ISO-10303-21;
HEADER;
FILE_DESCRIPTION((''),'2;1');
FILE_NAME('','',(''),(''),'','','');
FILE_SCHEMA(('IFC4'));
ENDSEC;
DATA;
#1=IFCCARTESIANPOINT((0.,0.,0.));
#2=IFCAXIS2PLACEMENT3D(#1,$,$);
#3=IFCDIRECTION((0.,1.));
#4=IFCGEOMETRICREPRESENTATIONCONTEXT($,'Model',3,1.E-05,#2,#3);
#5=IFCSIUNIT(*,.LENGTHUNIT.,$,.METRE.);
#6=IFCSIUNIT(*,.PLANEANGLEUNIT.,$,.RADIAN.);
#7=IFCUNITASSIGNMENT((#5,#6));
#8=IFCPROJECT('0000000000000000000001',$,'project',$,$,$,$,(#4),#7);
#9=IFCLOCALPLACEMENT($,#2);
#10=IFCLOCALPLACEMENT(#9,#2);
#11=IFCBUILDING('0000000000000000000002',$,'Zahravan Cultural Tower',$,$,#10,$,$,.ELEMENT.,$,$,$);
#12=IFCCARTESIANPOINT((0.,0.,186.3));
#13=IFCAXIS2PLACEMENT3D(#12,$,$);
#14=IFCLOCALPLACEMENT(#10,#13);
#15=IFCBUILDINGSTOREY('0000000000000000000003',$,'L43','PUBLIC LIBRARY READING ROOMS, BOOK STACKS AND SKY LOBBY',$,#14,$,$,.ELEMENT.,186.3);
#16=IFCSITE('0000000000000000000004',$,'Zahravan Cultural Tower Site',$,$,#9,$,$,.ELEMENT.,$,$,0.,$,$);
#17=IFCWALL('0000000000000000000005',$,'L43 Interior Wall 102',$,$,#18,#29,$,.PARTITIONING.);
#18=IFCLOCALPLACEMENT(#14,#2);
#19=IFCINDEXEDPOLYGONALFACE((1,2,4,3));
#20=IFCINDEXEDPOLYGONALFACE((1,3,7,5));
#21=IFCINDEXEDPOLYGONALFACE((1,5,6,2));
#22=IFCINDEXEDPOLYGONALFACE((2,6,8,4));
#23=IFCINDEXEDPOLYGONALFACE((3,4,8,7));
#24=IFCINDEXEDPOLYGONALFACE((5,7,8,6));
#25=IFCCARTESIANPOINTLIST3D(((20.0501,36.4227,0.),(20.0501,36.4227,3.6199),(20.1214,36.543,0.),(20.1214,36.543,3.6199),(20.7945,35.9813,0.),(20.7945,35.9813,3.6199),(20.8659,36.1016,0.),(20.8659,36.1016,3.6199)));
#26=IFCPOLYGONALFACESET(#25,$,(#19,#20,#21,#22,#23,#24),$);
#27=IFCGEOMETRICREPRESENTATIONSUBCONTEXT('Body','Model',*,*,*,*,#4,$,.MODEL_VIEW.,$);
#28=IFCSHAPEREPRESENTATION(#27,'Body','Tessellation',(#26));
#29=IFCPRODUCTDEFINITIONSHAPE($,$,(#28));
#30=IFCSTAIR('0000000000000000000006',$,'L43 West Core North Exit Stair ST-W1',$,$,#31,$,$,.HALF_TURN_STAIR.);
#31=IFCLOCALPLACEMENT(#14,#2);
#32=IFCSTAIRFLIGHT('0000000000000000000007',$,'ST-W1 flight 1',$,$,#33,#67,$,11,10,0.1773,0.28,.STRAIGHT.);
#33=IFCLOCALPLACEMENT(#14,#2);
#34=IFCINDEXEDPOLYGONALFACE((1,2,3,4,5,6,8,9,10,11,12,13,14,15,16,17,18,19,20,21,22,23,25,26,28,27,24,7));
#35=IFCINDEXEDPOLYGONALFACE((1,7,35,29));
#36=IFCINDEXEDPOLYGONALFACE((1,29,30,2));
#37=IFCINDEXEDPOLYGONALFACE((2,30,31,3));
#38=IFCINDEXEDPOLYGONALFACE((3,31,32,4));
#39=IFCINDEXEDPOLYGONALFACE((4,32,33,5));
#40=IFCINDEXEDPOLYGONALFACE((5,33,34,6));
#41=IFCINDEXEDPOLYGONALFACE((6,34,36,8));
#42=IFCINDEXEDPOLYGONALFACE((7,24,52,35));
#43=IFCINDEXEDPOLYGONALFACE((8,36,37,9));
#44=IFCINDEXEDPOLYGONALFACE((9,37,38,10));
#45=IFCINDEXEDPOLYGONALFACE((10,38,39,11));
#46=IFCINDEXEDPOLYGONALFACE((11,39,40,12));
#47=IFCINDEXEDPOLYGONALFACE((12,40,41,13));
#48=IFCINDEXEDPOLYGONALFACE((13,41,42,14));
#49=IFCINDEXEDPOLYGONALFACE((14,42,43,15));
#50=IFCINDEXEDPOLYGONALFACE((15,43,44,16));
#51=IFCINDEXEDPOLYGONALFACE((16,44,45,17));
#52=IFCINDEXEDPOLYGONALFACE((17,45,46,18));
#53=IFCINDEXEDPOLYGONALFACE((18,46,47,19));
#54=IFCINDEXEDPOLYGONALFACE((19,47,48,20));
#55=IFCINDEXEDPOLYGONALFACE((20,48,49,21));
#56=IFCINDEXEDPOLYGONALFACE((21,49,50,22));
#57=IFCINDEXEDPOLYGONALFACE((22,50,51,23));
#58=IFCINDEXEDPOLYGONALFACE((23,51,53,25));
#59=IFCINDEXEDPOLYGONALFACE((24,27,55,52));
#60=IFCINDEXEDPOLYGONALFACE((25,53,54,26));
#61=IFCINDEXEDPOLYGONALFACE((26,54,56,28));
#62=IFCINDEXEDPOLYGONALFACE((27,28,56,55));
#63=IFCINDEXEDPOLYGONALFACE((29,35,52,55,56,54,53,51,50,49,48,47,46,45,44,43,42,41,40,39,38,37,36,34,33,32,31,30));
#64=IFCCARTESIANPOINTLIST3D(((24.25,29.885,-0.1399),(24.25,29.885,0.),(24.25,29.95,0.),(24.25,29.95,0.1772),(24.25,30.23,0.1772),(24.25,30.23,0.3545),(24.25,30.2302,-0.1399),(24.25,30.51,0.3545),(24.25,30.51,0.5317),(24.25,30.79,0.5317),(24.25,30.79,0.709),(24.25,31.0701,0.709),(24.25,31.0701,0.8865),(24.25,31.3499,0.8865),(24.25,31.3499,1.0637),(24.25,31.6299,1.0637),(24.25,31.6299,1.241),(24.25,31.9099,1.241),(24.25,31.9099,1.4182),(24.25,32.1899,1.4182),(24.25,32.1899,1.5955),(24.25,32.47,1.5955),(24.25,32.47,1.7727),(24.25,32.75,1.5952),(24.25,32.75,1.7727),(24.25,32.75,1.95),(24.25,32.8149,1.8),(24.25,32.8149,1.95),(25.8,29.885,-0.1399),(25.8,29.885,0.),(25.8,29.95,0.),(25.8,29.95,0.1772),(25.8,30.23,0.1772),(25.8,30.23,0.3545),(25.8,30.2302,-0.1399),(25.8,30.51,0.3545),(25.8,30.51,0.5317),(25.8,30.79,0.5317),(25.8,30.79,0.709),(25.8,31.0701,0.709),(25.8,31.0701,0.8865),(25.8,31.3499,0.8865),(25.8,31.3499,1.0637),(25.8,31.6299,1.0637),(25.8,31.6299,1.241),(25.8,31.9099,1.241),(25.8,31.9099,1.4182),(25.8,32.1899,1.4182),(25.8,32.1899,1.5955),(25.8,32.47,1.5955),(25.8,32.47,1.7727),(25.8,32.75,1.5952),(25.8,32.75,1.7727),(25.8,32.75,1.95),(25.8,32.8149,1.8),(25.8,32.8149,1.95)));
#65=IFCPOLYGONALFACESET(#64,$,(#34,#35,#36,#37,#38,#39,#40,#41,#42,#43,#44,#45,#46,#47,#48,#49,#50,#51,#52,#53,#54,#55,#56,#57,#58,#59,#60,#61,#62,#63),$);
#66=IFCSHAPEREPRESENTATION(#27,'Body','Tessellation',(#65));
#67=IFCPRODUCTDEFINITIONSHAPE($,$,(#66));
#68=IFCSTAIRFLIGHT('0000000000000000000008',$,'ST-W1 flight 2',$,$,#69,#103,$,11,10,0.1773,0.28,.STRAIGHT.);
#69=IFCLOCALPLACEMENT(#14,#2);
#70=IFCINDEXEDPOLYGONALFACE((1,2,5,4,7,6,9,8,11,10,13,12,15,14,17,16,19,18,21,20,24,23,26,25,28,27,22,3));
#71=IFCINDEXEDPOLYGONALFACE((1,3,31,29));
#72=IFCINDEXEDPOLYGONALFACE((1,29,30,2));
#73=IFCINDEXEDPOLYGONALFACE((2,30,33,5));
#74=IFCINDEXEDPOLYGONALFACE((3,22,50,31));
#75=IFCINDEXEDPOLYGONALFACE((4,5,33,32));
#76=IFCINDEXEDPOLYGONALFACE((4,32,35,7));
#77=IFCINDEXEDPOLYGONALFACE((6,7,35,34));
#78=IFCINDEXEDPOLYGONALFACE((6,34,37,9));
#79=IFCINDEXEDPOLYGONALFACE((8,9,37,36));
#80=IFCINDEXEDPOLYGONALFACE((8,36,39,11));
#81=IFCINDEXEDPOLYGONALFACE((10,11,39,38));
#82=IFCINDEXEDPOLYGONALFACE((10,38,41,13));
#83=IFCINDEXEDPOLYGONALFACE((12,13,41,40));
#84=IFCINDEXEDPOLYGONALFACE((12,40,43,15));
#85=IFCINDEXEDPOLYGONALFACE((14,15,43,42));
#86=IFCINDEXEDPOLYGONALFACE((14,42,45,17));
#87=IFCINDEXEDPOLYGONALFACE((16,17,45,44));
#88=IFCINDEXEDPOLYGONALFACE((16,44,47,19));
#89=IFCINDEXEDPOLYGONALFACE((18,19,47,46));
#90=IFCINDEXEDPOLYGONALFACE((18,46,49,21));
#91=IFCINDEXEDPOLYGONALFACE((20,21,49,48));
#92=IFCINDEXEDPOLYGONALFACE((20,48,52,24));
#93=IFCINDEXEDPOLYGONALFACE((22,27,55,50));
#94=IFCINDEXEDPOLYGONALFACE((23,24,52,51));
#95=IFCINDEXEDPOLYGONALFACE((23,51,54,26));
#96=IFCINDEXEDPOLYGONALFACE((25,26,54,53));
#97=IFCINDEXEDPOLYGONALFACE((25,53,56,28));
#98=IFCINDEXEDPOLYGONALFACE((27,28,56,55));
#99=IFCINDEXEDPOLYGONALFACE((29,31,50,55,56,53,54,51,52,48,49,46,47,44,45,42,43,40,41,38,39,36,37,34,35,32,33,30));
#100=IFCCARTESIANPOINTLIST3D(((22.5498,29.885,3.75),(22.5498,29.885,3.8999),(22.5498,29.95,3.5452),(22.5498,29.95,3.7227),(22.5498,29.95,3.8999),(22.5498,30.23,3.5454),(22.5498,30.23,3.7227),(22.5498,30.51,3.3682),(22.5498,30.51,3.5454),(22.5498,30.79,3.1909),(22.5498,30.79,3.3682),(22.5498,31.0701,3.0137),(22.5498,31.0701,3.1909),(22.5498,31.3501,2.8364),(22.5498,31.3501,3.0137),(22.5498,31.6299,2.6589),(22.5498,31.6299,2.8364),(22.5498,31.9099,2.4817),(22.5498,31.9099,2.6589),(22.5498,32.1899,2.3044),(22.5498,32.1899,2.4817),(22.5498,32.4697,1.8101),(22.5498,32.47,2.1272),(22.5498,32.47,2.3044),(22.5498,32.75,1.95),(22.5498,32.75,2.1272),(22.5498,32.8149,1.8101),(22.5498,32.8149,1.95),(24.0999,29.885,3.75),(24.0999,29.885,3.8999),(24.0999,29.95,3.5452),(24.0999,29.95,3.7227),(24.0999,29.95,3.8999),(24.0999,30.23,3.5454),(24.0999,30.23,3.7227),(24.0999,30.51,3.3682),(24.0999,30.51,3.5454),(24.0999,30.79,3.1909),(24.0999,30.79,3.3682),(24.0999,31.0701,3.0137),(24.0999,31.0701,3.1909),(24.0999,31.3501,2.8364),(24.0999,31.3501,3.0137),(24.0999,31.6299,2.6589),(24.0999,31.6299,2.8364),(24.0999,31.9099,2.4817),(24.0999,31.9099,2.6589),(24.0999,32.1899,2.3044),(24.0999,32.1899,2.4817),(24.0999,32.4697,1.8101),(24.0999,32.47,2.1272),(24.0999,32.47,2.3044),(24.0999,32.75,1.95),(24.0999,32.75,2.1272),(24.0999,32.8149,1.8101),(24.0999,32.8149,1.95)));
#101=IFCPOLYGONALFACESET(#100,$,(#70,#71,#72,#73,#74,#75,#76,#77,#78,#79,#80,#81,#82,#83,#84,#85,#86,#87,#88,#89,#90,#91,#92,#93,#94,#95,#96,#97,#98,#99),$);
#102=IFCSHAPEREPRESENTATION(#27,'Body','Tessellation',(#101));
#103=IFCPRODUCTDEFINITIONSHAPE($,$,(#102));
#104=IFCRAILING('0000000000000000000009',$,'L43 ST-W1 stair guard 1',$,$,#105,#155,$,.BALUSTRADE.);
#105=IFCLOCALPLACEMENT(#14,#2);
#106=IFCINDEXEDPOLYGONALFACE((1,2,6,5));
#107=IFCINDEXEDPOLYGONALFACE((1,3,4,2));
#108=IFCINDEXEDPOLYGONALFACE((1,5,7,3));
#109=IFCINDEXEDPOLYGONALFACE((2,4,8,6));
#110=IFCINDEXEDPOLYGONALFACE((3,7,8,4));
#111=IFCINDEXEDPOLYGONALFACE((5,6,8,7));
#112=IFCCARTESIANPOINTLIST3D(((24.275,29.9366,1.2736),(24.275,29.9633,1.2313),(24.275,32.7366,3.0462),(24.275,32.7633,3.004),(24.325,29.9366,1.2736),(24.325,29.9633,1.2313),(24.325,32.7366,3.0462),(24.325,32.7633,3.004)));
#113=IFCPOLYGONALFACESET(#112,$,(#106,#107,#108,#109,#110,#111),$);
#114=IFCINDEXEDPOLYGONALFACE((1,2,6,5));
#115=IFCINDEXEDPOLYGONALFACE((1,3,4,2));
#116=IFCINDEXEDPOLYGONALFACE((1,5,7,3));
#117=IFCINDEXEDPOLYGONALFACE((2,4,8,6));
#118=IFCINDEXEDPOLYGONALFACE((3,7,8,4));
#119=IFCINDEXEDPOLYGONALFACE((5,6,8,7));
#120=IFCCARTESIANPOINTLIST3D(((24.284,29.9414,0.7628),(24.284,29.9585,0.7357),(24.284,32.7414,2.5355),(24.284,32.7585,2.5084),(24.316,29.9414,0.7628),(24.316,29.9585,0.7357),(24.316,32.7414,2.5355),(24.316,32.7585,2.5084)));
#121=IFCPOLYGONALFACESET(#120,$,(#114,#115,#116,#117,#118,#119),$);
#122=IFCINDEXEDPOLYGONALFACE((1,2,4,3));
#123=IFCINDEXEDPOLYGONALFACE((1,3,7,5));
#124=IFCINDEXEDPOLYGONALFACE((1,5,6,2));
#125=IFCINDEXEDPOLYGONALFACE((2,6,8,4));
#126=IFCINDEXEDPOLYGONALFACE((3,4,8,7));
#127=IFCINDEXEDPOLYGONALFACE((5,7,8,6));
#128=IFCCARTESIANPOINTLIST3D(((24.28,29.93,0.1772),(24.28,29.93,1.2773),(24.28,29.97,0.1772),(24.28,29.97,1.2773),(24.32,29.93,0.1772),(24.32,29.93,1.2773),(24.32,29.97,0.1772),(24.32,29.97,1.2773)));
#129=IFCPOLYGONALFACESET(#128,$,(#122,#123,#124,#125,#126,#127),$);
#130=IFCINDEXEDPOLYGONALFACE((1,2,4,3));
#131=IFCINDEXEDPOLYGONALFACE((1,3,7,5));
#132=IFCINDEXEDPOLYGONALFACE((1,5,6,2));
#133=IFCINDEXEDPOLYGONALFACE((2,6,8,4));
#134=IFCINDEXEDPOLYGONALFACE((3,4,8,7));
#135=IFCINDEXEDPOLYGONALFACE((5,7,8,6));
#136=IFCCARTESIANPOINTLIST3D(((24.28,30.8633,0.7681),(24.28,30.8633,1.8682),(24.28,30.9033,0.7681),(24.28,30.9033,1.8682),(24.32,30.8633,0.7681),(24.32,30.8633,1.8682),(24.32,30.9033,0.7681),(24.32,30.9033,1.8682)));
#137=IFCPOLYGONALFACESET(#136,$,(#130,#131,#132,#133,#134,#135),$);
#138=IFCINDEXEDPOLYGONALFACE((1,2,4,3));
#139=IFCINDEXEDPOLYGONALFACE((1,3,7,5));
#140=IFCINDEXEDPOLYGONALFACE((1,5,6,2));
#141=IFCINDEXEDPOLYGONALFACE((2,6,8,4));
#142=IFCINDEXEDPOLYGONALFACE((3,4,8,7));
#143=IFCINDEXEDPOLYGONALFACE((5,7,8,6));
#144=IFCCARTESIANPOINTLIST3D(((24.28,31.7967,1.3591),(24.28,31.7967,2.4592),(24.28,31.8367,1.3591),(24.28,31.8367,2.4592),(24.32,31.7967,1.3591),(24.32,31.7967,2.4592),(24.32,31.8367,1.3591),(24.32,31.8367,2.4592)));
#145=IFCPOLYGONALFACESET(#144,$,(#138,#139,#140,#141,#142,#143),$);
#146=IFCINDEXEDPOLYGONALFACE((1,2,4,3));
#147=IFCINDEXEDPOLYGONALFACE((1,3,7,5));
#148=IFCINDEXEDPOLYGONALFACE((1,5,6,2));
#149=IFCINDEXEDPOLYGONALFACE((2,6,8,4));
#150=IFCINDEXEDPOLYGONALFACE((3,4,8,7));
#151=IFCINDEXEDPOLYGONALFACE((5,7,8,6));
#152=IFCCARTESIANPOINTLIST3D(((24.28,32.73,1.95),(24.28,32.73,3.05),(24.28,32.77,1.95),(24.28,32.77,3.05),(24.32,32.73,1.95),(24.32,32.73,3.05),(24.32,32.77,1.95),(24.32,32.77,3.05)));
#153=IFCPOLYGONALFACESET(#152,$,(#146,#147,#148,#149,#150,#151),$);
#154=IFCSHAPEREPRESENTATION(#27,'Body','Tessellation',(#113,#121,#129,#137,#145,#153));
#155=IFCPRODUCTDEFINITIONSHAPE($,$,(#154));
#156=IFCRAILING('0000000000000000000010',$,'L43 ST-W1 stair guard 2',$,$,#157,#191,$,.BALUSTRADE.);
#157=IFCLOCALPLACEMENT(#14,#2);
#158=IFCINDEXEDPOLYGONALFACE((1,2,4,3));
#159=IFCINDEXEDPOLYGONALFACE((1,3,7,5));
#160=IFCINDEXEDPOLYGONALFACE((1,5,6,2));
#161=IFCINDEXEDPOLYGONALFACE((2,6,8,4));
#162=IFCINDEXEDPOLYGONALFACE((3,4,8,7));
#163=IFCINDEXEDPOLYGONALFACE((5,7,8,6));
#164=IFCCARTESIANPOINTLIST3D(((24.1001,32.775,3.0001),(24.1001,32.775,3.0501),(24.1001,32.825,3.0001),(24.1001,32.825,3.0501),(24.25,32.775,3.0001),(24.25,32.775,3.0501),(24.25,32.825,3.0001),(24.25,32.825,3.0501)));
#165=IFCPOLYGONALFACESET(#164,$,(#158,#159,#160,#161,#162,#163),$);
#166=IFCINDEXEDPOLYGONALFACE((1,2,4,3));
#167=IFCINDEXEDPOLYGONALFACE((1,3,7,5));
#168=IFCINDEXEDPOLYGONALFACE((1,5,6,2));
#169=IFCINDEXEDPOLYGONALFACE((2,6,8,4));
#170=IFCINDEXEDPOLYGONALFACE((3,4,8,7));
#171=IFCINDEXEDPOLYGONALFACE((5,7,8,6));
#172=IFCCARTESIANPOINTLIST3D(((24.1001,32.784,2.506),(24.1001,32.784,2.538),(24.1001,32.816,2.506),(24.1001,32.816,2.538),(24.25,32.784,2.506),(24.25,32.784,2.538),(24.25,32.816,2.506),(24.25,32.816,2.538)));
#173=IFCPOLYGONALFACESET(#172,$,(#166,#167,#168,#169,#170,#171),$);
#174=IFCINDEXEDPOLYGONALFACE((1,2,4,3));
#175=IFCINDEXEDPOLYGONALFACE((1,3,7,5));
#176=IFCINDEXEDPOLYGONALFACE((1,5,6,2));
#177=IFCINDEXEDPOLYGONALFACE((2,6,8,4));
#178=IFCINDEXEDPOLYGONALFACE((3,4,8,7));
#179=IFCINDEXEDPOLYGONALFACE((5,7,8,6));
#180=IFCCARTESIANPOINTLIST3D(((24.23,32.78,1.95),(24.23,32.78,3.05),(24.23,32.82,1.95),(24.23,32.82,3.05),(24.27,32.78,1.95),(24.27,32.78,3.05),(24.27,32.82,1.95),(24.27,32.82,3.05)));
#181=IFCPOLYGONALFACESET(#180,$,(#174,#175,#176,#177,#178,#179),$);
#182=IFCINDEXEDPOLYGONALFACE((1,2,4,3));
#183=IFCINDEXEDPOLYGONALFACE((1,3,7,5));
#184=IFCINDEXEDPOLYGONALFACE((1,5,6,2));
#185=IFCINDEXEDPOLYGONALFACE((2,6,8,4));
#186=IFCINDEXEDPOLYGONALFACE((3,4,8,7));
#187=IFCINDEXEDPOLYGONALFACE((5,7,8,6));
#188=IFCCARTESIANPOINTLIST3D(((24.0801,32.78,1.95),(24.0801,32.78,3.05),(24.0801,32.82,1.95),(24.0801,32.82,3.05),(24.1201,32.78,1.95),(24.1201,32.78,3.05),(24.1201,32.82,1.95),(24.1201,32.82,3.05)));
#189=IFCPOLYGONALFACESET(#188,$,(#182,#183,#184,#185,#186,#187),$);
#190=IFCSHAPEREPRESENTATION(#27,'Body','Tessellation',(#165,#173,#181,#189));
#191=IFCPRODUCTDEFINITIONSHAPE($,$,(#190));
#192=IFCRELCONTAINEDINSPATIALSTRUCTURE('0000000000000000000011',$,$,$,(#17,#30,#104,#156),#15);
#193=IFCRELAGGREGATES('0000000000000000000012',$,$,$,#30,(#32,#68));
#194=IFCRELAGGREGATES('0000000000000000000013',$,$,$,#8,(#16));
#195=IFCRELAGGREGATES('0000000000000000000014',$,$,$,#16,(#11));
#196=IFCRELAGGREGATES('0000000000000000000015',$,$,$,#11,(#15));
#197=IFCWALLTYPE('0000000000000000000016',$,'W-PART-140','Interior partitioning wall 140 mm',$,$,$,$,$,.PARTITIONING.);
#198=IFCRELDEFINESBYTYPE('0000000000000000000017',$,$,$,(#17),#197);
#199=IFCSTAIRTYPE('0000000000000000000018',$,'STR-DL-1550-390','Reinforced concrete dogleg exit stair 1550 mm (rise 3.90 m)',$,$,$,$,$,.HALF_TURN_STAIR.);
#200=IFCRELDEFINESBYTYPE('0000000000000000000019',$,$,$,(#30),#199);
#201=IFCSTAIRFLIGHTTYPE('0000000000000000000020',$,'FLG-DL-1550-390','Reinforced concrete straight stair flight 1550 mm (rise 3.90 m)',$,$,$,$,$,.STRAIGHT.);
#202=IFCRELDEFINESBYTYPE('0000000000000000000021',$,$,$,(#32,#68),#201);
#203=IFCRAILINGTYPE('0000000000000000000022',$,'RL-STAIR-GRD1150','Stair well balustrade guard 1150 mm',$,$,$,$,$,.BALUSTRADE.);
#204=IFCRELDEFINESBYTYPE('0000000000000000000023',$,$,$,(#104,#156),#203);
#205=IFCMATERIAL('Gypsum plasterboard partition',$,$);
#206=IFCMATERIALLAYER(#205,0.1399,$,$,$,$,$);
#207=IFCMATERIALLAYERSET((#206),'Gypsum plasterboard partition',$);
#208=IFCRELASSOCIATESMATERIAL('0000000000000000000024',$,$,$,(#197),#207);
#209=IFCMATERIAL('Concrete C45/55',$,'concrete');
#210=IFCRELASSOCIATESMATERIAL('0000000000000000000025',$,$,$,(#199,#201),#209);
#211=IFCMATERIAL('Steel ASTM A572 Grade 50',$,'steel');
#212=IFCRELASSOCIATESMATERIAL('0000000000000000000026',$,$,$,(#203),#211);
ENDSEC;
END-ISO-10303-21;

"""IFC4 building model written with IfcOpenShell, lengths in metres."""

from ifc_helpers import new_model, si_unit, direction, frame, frame_2d, origin, origin_2d, place, context, subcontext, project, spatial, polyline, rectangle, outline, extrude, source, transform, mapped, material, layer, layer_set, type_object, element, aggregate, save


model = new_model("IFC4")

# Units and contexts
model_context = context("Model", 3, precision=1e-05, world=origin(), true_north=direction((0.0, 1.0)))
body_context = subcontext(model_context, "Body", "Model", "MODEL_VIEW")
ifc_project = project(units=[si_unit("LENGTHUNIT", "METRE"), si_unit("PLANEANGLEUNIT", "RADIAN")], contexts=[model_context])

# Site, building, storey
site_placement = place(None, origin())
site = spatial("IfcSite", under=ifc_project, at=site_placement, Name="Zahravan Cultural Tower Site", CompositionType="ELEMENT", RefElevation=0.0)
building_placement = place(site_placement, origin())
building = spatial("IfcBuilding", under=site, at=building_placement, Name="Zahravan Cultural Tower", CompositionType="ELEMENT")
storey_placement = place(building_placement, frame((0.0, 0.0, 186.3)))
storey = spatial("IfcBuildingStorey", under=building, at=storey_placement, Name="L43", Description="PUBLIC LIBRARY READING ROOMS, BOOK STACKS AND SKY LOBBY", CompositionType="ELEMENT", Elevation=186.3)

# Wall
ifc_material_1 = material(Name="Concrete C45/55", Category="concrete")
ifc_material_2 = material(Name="Gypsum plasterboard partition")
ifc_layer_1 = layer(ifc_material_2, 0.1399)
ifc_layer_set_1 = layer_set([ifc_layer_1], Name="Gypsum plasterboard partition")
wall_type_1 = type_object("IfcWallType", Name="W-PART-140", Description="Interior partitioning wall 140 mm", PredefinedType="PARTITIONING", material=ifc_layer_set_1)
shared_shape_1 = source(origin(), body_context, "Body", "SweptSolid", [
    extrude(rectangle(XDim=0.8655, YDim=0.1399, at=frame_2d((0.4326, 0.0))), origin(), (0.0, 0.0, 1.0), 3.6199),
])
wall_1_placement = place(storey_placement, frame((20.8301, 36.0415, 0.0), z_axis=(0.0, 0.0, 1.0), x_axis=(-0.860145, 0.51005, 0.0)))
element("IfcWall", 1, at=wall_1_placement, inside=storey, type_object=wall_type_1, Name="L43 Interior Wall 102", PredefinedType="PARTITIONING", context=body_context, shape_type="MappedRepresentation", body=[
    mapped(shared_shape_1, transform((0.0, 0.0, 0.0), x_axis=(1.0, 0.0, 0.0), y_axis=(0.0, 1.0, 0.0), z_axis=(0.0, 0.0, 1.0), scale=1.0)),
])

# Stair, stair flights
stair_type = type_object("IfcStairType", Name="STR-DL-1550-390", Description="Reinforced concrete dogleg exit stair 1550 mm (rise 3.90 m)", PredefinedType="HALF_TURN_STAIR", material=ifc_material_1)
stair_placement = place(storey_placement, origin())
stair = element("IfcStair", 2, at=stair_placement, inside=storey, type_object=stair_type, Name="L43 West Core North Exit Stair ST-W1", PredefinedType="HALF_TURN_STAIR")
stair_flight_type = type_object("IfcStairFlightType", Name="FLG-DL-1550-390", Description="Reinforced concrete straight stair flight 1550 mm (rise 3.90 m)", PredefinedType="STRAIGHT", material=ifc_material_1)
stair_flight_1_placement = place(storey_placement, frame((25.0249, 29.95, 0.0), z_axis=(0.0, 0.0, 1.0), x_axis=(0.0, 1.0, 0.0)))
stair_flight_1 = element("IfcStairFlight", 3, at=stair_flight_1_placement, type_object=stair_flight_type, Name="ST-W1 flight 1", NumberOfRisers=11, NumberOfTreads=10, PredefinedType="STRAIGHT", RiserHeight=0.1773, TreadLength=0.28, context=body_context, shape_type="SweptSolid", body=[
    extrude(outline(polyline([(-0.0649, -0.1399), (-0.0649, 0.0), (0.0, 0.0), (0.0, 0.1772), (0.28, 0.1772), (0.28, 0.3545), (0.5601, 0.3545), (0.5601, 0.5317), (0.8401, 0.5317), (0.8401, 0.709), (1.1201, 0.709), (1.1201, 0.8865), (1.3999, 0.8865), (1.3999, 1.0637), (1.6799, 1.0637), (1.6799, 1.241), (1.96, 1.241), (1.96, 1.4182), (2.24, 1.4182), (2.24, 1.5955), (2.52, 1.5955), (2.52, 1.7727), (2.8, 1.7727), (2.8, 1.95), (2.865, 1.95), (2.865, 1.8), (2.8, 1.5952), (0.2803, -0.1399), (-0.0649, -0.1399)])), frame((0.0, 0.7749, 0.0), z_axis=(0.0, -1.0, 0.0), x_axis=(1.0, 0.0, 0.0)), (0.0, 0.0, 1.0), 1.55),
])
stair_flight_2_placement = place(storey_placement, frame((23.325, 32.75, 1.95), z_axis=(0.0, 0.0, 1.0), x_axis=(0.0, -1.0, 0.0)))
stair_flight_2 = element("IfcStairFlight", 4, at=stair_flight_2_placement, type_object=stair_flight_type, Name="ST-W1 flight 2", NumberOfRisers=11, NumberOfTreads=10, PredefinedType="STRAIGHT", RiserHeight=0.1773, TreadLength=0.28, context=body_context, shape_type="SweptSolid", body=[
    extrude(outline(polyline([(-0.0649, -0.1399), (-0.0649, 0.0), (0.0, 0.0), (0.0, 0.1772), (0.28, 0.1772), (0.28, 0.3545), (0.5601, 0.3545), (0.5601, 0.5317), (0.8401, 0.5317), (0.8401, 0.709), (1.1201, 0.709), (1.1201, 0.8865), (1.3999, 0.8865), (1.3999, 1.0637), (1.6799, 1.0637), (1.6799, 1.241), (1.96, 1.241), (1.96, 1.4182), (2.24, 1.4182), (2.24, 1.5955), (2.52, 1.5955), (2.52, 1.7727), (2.8, 1.7727), (2.8, 1.95), (2.865, 1.95), (2.865, 1.8), (2.8, 1.5952), (0.2803, -0.1399), (-0.0649, -0.1399)])), frame((0.0, 0.7749, 0.0), z_axis=(0.0, -1.0, 0.0), x_axis=(1.0, 0.0, 0.0)), (0.0, 0.0, 1.0), 1.55),
])
aggregate(stair, [stair_flight_1, stair_flight_2])

# Railings
ifc_material_3 = material(Name="Steel ASTM A572 Grade 50", Category="steel")
railing_type_1 = type_object("IfcRailingType", Name="RL-STAIR-GRD1150", Description="Stair well balustrade guard 1150 mm", PredefinedType="BALUSTRADE", material=ifc_material_3)
railing_1_placement = place(storey_placement, frame((24.3, 29.95, 0.1772)))
element("IfcRailing", 5, at=railing_1_placement, inside=storey, type_object=railing_type_1, Name="L43 ST-W1 stair guard 1", PredefinedType="BALUSTRADE", context=body_context, shape_type="SweptSolid", body=[
    extrude(rectangle(XDim=0.05, YDim=0.05, at=origin_2d()), frame((0.0, 0.0, 1.0752), z_axis=(0.0, 0.844909, 0.53491), x_axis=(-1.0, 0.0, 0.0)), (0.0, 0.0, 1.0), 3.314),
    extrude(rectangle(XDim=0.032, YDim=0.032, at=origin_2d()), frame((0.0, 0.0, 0.572), z_axis=(0.0, 0.844909, 0.53491), x_axis=(-1.0, 0.0, 0.0)), (0.0, 0.0, 1.0), 3.314),
    extrude(rectangle(XDim=0.04, YDim=0.04, at=origin_2d()), origin(), (0.0, 0.0, 1.0), 1.1001),
    extrude(rectangle(XDim=0.04, YDim=0.04, at=origin_2d()), frame((0.0, 0.9333, 0.5908)), (0.0, 0.0, 1.0), 1.1001),
    extrude(rectangle(XDim=0.04, YDim=0.04, at=origin_2d()), frame((0.0, 1.8667, 1.1819)), (0.0, 0.0, 1.0), 1.1001),
    extrude(rectangle(XDim=0.04, YDim=0.04, at=origin_2d()), frame((0.0, 2.8, 1.7727)), (0.0, 0.0, 1.0), 1.1001),
])
railing_2_placement = place(storey_placement, frame((24.25, 32.8, 1.95)))
element("IfcRailing", 6, at=railing_2_placement, inside=storey, type_object=railing_type_1, Name="L43 ST-W1 stair guard 2", PredefinedType="BALUSTRADE", context=body_context, shape_type="SweptSolid", body=[
    extrude(rectangle(XDim=0.05, YDim=0.05, at=origin_2d()), frame((0.0, 0.0, 1.0752), z_axis=(-1.0, 0.0, 0.0), x_axis=(0.0, -1.0, 0.0)), (0.0, 0.0, 1.0), 0.1499),
    extrude(rectangle(XDim=0.032, YDim=0.032, at=origin_2d()), frame((0.0, 0.0, 0.572), z_axis=(-1.0, 0.0, 0.0), x_axis=(0.0, -1.0, 0.0)), (0.0, 0.0, 1.0), 0.1499),
    extrude(rectangle(XDim=0.04, YDim=0.04, at=origin_2d()), origin(), (0.0, 0.0, 1.0), 1.1001),
    extrude(rectangle(XDim=0.04, YDim=0.04, at=origin_2d()), frame((-0.1499, 0.0, 0.0)), (0.0, 0.0, 1.0), 1.1001),
])

save(model, "model.ifc")
